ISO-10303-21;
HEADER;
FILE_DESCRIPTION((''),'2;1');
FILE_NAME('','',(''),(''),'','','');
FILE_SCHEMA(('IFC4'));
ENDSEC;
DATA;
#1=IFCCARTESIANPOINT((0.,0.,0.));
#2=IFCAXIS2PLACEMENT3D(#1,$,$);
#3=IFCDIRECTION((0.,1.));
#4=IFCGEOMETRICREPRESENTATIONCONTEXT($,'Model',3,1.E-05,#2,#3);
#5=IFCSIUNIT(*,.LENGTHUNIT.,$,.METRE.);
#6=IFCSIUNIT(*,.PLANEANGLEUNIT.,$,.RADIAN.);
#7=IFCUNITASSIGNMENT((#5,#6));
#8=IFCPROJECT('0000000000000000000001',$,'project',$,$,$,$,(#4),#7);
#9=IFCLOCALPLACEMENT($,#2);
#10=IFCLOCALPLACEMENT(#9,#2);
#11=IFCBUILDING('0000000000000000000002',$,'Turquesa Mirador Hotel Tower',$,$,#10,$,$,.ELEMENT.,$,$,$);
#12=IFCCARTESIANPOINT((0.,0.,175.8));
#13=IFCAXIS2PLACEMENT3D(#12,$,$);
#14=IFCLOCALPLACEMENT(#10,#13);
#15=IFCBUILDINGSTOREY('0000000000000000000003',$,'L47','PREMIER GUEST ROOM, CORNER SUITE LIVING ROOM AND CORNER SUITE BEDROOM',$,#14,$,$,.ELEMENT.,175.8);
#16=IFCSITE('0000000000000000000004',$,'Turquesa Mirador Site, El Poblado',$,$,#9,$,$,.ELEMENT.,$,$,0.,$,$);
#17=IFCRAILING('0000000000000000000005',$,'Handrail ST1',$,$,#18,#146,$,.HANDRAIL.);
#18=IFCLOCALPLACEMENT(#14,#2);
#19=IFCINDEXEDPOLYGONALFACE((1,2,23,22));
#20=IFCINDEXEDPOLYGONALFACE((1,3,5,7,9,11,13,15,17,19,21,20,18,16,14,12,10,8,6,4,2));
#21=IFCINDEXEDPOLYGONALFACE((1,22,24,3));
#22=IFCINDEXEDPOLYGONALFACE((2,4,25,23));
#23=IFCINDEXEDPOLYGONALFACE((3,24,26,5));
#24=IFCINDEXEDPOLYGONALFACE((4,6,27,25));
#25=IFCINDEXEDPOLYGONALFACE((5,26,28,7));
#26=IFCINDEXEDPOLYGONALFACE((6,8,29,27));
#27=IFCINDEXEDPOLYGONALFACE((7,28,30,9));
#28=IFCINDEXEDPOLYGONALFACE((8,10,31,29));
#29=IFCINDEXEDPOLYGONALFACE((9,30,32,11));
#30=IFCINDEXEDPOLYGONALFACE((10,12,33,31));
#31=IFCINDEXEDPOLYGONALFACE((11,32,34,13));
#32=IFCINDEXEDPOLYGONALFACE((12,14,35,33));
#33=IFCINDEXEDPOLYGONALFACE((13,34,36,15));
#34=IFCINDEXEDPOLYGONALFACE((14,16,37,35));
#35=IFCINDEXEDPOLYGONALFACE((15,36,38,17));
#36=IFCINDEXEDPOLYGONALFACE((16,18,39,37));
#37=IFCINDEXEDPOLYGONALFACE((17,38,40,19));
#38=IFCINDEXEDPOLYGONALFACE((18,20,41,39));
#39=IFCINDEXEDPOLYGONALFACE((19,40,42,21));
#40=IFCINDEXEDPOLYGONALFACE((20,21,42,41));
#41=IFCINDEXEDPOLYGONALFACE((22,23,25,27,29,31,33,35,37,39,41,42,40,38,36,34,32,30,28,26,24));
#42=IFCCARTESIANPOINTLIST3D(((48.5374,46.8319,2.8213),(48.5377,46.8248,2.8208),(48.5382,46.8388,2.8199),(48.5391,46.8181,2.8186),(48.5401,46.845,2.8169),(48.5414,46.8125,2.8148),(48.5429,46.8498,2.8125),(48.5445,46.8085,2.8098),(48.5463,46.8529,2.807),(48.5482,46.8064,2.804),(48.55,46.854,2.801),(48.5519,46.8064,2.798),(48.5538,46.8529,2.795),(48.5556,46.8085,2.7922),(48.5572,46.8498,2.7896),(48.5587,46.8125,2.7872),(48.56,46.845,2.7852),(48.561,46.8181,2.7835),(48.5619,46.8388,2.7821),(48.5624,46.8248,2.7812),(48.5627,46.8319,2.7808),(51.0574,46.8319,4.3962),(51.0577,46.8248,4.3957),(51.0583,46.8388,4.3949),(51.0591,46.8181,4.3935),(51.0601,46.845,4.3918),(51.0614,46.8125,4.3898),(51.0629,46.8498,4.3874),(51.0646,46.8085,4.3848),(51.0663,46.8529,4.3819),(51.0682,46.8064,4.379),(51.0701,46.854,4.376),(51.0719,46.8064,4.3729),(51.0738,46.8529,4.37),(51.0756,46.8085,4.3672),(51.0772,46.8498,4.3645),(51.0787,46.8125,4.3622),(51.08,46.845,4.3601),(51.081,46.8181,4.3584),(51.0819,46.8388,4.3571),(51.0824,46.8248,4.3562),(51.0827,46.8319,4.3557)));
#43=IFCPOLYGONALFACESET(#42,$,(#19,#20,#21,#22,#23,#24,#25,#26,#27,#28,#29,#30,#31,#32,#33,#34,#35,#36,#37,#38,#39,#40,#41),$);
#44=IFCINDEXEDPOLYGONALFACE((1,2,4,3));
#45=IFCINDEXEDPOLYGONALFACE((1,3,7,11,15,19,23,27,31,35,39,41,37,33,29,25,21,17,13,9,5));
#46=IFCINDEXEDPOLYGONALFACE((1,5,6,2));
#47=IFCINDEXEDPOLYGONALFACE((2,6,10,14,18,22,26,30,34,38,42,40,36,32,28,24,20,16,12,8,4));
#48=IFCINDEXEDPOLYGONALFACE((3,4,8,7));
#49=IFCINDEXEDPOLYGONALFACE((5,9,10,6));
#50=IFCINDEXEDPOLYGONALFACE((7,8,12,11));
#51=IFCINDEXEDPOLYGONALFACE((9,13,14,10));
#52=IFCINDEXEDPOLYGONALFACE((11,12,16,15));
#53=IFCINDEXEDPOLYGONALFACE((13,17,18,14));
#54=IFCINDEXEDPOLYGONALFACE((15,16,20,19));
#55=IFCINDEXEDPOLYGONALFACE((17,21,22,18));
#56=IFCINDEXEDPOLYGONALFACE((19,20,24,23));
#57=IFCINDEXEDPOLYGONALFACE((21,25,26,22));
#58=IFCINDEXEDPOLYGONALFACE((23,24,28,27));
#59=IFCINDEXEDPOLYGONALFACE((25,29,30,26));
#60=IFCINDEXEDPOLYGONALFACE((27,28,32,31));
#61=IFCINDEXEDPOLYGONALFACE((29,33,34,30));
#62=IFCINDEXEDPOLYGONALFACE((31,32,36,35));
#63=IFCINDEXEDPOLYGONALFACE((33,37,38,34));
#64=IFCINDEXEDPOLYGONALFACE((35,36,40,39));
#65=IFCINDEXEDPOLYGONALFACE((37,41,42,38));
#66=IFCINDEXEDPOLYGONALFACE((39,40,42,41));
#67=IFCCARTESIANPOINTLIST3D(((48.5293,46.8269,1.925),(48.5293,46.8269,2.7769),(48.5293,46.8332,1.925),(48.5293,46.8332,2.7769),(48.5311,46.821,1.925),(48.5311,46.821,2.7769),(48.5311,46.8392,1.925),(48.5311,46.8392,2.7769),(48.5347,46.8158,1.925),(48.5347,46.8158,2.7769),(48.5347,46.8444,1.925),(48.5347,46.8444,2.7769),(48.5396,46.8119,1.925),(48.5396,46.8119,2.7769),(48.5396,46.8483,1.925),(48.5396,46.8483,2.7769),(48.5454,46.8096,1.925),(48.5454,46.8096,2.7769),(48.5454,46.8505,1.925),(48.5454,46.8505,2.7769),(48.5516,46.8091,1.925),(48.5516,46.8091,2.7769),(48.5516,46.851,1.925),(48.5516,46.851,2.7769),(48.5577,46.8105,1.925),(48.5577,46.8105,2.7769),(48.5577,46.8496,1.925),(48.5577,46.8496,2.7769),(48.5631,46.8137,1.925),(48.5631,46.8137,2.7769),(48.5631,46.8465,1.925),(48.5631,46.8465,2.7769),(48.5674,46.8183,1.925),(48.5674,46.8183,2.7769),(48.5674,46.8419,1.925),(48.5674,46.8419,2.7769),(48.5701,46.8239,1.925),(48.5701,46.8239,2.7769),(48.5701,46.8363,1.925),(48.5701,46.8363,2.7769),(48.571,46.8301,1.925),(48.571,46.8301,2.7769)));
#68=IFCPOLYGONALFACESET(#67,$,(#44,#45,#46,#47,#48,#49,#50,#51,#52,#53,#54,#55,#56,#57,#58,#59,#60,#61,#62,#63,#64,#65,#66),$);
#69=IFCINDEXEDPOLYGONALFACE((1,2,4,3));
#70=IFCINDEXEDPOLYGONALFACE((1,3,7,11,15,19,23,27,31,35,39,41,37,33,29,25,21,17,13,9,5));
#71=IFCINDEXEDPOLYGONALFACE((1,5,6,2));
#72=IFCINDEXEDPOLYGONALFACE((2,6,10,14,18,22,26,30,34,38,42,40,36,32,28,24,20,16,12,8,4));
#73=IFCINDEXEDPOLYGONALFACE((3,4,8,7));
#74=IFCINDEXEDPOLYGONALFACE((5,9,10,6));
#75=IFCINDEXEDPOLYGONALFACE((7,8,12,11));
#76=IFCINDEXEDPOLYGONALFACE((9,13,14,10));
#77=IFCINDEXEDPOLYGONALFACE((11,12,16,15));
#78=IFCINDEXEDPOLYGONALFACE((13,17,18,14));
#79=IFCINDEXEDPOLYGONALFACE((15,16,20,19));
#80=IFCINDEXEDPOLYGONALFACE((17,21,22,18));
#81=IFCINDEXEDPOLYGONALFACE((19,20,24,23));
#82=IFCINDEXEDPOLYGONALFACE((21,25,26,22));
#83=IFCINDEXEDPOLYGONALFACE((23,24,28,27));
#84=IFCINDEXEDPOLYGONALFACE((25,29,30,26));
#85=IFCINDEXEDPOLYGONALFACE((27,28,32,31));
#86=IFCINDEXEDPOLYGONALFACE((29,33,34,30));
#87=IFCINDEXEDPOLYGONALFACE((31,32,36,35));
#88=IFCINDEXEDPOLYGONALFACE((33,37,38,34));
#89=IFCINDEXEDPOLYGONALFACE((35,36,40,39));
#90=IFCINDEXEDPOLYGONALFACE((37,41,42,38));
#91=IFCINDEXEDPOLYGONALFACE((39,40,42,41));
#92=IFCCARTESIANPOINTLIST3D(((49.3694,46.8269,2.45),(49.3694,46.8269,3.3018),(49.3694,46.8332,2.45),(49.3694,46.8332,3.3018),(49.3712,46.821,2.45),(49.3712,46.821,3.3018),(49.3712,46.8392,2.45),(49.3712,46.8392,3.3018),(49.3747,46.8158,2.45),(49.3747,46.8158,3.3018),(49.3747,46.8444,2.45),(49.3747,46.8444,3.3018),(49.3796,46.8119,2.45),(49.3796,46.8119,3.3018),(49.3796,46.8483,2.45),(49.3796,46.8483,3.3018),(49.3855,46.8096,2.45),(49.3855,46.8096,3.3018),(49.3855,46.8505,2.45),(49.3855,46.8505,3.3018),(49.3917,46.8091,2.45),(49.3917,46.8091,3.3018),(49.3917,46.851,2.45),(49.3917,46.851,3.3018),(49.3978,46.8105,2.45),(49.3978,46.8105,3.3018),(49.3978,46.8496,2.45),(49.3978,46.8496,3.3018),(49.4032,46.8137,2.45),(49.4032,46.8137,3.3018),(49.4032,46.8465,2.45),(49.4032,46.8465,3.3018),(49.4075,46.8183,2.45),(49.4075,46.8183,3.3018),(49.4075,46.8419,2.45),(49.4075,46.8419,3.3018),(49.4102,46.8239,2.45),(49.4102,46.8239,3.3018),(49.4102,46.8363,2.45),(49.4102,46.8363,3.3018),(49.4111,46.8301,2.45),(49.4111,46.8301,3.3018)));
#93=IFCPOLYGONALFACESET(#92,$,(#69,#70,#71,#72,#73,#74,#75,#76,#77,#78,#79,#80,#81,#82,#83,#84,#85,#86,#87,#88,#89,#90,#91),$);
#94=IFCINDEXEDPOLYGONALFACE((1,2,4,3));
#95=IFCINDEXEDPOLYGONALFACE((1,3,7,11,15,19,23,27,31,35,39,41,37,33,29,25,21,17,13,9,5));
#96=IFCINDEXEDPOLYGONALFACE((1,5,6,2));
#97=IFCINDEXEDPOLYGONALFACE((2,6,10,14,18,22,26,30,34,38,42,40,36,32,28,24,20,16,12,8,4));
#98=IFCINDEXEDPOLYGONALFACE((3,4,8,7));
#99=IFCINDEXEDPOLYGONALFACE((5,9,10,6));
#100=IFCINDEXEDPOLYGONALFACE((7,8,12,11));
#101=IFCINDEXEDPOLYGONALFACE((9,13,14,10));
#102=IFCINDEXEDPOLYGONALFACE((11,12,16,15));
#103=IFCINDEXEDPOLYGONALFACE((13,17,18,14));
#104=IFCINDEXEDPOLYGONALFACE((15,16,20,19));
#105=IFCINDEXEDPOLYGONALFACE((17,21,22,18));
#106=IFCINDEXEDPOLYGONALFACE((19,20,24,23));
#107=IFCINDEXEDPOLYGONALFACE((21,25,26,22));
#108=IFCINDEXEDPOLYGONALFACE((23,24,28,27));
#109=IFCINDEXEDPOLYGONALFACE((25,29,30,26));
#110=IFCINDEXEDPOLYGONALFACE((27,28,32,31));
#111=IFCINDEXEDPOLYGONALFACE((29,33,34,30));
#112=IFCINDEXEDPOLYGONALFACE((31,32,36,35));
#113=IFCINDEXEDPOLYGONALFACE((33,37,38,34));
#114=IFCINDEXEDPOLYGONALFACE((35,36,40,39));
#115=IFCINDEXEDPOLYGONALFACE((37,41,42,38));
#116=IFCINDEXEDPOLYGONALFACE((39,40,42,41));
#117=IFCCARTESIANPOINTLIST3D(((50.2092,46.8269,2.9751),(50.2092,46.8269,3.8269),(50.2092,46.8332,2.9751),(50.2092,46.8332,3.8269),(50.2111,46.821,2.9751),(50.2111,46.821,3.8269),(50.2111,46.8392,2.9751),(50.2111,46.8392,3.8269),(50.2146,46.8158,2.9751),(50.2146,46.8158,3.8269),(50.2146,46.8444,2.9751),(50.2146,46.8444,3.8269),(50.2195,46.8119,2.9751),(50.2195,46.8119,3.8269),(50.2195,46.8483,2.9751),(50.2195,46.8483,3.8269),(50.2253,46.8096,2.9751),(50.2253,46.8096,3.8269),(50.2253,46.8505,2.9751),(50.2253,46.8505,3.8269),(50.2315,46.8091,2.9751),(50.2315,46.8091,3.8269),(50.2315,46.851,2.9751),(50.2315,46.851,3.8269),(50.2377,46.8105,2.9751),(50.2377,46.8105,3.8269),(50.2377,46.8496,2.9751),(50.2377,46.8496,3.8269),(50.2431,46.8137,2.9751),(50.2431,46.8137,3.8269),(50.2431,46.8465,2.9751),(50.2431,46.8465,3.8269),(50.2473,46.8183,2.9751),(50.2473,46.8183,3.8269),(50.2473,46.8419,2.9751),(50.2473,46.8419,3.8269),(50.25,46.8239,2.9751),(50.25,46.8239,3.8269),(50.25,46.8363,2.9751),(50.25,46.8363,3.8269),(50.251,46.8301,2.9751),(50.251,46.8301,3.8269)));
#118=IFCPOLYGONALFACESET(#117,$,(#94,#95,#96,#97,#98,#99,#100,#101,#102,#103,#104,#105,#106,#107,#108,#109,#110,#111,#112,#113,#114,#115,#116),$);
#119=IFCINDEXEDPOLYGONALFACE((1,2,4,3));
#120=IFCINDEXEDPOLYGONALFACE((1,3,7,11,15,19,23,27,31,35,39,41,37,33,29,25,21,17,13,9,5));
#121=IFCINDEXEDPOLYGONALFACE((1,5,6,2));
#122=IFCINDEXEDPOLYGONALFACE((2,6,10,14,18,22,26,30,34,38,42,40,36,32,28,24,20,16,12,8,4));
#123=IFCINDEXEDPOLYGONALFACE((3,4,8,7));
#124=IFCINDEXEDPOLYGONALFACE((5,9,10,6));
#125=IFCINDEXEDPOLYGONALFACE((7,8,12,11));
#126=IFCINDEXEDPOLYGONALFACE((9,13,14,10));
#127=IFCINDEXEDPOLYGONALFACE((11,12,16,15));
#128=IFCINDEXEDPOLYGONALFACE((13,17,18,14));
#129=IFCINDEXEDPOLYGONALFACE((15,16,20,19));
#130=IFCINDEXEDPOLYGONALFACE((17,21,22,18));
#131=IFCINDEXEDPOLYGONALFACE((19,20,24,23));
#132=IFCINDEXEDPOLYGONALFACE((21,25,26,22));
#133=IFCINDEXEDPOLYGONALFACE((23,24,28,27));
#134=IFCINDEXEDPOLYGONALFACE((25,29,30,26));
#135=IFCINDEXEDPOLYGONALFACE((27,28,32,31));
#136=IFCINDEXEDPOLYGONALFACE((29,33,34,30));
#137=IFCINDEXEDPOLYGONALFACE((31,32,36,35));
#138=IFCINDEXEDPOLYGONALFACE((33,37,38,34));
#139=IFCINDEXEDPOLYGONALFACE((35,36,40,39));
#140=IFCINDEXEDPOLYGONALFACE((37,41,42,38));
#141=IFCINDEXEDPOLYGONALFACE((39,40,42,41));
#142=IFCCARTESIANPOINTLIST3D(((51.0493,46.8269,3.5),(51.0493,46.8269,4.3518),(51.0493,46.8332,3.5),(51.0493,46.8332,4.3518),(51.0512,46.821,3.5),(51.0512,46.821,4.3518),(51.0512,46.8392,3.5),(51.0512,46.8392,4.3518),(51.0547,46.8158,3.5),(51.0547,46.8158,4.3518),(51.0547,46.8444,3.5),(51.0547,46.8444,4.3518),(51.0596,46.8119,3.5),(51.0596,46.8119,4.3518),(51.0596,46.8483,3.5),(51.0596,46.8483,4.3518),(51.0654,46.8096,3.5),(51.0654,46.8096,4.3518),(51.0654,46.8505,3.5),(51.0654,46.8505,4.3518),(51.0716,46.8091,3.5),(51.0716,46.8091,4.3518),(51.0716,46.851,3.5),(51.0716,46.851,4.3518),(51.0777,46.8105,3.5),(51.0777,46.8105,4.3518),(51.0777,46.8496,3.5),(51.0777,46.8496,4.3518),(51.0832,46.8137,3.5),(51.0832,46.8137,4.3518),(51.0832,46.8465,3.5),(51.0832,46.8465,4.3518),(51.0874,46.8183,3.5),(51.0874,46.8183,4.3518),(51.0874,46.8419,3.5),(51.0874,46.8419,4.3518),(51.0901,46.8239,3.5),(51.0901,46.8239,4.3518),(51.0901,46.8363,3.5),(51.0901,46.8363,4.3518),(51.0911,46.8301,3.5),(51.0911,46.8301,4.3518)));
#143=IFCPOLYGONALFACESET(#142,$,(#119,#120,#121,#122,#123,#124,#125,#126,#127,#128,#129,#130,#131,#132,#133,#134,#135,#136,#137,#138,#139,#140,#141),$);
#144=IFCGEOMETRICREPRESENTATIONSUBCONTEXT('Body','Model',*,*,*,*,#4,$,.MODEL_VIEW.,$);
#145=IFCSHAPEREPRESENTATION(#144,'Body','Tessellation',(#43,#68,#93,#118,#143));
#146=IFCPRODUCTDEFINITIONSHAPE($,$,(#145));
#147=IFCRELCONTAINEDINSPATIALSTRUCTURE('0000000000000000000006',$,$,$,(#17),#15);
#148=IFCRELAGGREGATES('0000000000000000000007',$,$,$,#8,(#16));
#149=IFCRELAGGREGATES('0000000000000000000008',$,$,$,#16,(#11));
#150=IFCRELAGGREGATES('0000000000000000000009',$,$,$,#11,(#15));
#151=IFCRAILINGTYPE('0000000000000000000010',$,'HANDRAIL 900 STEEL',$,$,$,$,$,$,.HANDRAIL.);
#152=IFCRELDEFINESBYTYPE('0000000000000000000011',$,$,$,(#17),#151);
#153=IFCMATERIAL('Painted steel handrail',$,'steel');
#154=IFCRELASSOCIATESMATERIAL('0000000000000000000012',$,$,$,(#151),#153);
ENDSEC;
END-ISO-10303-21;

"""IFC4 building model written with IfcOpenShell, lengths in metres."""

from ifc_helpers import new_model, si_unit, direction, frame, origin, origin_2d, place, context, subcontext, project, spatial, circle, extrude, material, type_object, element, save


model = new_model("IFC4")

# Units and contexts
model_context = context("Model", 3, precision=1e-05, world=origin(), true_north=direction((0.0, 1.0)))
body_context = subcontext(model_context, "Body", "Model", "MODEL_VIEW")
ifc_project = project(units=[si_unit("LENGTHUNIT", "METRE"), si_unit("PLANEANGLEUNIT", "RADIAN")], contexts=[model_context])

# Site, building, storey
site_placement = place(None, origin())
site = spatial("IfcSite", under=ifc_project, at=site_placement, Name="Turquesa Mirador Site, El Poblado", CompositionType="ELEMENT", RefElevation=0.0)
building_placement = place(site_placement, origin())
building = spatial("IfcBuilding", under=site, at=building_placement, Name="Turquesa Mirador Hotel Tower", CompositionType="ELEMENT")
storey_placement = place(building_placement, frame((0.0, 0.0, 175.8)))
storey = spatial("IfcBuildingStorey", under=building, at=storey_placement, Name="L47", Description="PREMIER GUEST ROOM, CORNER SUITE LIVING ROOM AND CORNER SUITE BEDROOM", CompositionType="ELEMENT", Elevation=175.8)

# Railing
ifc_material_1 = material(Name="Painted steel handrail", Category="steel")
railing_type = type_object("IfcRailingType", Name="HANDRAIL 900 STEEL", PredefinedType="HANDRAIL", material=ifc_material_1)
for number, where, name in (
    (1, (48.55, 46.8301, 1.925), "Handrail ST1"),
):
    element("IfcRailing", number, at=place(storey_placement, frame(where)), inside=storey, type_object=railing_type, Name=name, PredefinedType="HANDRAIL", context=body_context, shape_type="SweptSolid", body=[
        extrude(circle(Radius=0.0239, at=origin_2d()), frame((0.0, 0.0, 0.876), z_axis=(0.848008, 0.0, 0.529984), x_axis=(0.0, 1.0, 0.0)), (0.0, 0.0, 1.0), 2.9717),
        extrude(circle(Radius=0.021, at=origin_2d()), origin(), (0.0, 0.0, 1.0), 0.8518),
        extrude(circle(Radius=0.021, at=origin_2d()), frame((0.8401, 0.0, 0.5249)), (0.0, 0.0, 1.0), 0.8518),
        extrude(circle(Radius=0.021, at=origin_2d()), frame((1.6799, 0.0, 1.05)), (0.0, 0.0, 1.0), 0.8518),
        extrude(circle(Radius=0.021, at=origin_2d()), frame((2.52, 0.0, 1.575)), (0.0, 0.0, 1.0), 0.8518),
    ])

save(model, "model.ifc")
